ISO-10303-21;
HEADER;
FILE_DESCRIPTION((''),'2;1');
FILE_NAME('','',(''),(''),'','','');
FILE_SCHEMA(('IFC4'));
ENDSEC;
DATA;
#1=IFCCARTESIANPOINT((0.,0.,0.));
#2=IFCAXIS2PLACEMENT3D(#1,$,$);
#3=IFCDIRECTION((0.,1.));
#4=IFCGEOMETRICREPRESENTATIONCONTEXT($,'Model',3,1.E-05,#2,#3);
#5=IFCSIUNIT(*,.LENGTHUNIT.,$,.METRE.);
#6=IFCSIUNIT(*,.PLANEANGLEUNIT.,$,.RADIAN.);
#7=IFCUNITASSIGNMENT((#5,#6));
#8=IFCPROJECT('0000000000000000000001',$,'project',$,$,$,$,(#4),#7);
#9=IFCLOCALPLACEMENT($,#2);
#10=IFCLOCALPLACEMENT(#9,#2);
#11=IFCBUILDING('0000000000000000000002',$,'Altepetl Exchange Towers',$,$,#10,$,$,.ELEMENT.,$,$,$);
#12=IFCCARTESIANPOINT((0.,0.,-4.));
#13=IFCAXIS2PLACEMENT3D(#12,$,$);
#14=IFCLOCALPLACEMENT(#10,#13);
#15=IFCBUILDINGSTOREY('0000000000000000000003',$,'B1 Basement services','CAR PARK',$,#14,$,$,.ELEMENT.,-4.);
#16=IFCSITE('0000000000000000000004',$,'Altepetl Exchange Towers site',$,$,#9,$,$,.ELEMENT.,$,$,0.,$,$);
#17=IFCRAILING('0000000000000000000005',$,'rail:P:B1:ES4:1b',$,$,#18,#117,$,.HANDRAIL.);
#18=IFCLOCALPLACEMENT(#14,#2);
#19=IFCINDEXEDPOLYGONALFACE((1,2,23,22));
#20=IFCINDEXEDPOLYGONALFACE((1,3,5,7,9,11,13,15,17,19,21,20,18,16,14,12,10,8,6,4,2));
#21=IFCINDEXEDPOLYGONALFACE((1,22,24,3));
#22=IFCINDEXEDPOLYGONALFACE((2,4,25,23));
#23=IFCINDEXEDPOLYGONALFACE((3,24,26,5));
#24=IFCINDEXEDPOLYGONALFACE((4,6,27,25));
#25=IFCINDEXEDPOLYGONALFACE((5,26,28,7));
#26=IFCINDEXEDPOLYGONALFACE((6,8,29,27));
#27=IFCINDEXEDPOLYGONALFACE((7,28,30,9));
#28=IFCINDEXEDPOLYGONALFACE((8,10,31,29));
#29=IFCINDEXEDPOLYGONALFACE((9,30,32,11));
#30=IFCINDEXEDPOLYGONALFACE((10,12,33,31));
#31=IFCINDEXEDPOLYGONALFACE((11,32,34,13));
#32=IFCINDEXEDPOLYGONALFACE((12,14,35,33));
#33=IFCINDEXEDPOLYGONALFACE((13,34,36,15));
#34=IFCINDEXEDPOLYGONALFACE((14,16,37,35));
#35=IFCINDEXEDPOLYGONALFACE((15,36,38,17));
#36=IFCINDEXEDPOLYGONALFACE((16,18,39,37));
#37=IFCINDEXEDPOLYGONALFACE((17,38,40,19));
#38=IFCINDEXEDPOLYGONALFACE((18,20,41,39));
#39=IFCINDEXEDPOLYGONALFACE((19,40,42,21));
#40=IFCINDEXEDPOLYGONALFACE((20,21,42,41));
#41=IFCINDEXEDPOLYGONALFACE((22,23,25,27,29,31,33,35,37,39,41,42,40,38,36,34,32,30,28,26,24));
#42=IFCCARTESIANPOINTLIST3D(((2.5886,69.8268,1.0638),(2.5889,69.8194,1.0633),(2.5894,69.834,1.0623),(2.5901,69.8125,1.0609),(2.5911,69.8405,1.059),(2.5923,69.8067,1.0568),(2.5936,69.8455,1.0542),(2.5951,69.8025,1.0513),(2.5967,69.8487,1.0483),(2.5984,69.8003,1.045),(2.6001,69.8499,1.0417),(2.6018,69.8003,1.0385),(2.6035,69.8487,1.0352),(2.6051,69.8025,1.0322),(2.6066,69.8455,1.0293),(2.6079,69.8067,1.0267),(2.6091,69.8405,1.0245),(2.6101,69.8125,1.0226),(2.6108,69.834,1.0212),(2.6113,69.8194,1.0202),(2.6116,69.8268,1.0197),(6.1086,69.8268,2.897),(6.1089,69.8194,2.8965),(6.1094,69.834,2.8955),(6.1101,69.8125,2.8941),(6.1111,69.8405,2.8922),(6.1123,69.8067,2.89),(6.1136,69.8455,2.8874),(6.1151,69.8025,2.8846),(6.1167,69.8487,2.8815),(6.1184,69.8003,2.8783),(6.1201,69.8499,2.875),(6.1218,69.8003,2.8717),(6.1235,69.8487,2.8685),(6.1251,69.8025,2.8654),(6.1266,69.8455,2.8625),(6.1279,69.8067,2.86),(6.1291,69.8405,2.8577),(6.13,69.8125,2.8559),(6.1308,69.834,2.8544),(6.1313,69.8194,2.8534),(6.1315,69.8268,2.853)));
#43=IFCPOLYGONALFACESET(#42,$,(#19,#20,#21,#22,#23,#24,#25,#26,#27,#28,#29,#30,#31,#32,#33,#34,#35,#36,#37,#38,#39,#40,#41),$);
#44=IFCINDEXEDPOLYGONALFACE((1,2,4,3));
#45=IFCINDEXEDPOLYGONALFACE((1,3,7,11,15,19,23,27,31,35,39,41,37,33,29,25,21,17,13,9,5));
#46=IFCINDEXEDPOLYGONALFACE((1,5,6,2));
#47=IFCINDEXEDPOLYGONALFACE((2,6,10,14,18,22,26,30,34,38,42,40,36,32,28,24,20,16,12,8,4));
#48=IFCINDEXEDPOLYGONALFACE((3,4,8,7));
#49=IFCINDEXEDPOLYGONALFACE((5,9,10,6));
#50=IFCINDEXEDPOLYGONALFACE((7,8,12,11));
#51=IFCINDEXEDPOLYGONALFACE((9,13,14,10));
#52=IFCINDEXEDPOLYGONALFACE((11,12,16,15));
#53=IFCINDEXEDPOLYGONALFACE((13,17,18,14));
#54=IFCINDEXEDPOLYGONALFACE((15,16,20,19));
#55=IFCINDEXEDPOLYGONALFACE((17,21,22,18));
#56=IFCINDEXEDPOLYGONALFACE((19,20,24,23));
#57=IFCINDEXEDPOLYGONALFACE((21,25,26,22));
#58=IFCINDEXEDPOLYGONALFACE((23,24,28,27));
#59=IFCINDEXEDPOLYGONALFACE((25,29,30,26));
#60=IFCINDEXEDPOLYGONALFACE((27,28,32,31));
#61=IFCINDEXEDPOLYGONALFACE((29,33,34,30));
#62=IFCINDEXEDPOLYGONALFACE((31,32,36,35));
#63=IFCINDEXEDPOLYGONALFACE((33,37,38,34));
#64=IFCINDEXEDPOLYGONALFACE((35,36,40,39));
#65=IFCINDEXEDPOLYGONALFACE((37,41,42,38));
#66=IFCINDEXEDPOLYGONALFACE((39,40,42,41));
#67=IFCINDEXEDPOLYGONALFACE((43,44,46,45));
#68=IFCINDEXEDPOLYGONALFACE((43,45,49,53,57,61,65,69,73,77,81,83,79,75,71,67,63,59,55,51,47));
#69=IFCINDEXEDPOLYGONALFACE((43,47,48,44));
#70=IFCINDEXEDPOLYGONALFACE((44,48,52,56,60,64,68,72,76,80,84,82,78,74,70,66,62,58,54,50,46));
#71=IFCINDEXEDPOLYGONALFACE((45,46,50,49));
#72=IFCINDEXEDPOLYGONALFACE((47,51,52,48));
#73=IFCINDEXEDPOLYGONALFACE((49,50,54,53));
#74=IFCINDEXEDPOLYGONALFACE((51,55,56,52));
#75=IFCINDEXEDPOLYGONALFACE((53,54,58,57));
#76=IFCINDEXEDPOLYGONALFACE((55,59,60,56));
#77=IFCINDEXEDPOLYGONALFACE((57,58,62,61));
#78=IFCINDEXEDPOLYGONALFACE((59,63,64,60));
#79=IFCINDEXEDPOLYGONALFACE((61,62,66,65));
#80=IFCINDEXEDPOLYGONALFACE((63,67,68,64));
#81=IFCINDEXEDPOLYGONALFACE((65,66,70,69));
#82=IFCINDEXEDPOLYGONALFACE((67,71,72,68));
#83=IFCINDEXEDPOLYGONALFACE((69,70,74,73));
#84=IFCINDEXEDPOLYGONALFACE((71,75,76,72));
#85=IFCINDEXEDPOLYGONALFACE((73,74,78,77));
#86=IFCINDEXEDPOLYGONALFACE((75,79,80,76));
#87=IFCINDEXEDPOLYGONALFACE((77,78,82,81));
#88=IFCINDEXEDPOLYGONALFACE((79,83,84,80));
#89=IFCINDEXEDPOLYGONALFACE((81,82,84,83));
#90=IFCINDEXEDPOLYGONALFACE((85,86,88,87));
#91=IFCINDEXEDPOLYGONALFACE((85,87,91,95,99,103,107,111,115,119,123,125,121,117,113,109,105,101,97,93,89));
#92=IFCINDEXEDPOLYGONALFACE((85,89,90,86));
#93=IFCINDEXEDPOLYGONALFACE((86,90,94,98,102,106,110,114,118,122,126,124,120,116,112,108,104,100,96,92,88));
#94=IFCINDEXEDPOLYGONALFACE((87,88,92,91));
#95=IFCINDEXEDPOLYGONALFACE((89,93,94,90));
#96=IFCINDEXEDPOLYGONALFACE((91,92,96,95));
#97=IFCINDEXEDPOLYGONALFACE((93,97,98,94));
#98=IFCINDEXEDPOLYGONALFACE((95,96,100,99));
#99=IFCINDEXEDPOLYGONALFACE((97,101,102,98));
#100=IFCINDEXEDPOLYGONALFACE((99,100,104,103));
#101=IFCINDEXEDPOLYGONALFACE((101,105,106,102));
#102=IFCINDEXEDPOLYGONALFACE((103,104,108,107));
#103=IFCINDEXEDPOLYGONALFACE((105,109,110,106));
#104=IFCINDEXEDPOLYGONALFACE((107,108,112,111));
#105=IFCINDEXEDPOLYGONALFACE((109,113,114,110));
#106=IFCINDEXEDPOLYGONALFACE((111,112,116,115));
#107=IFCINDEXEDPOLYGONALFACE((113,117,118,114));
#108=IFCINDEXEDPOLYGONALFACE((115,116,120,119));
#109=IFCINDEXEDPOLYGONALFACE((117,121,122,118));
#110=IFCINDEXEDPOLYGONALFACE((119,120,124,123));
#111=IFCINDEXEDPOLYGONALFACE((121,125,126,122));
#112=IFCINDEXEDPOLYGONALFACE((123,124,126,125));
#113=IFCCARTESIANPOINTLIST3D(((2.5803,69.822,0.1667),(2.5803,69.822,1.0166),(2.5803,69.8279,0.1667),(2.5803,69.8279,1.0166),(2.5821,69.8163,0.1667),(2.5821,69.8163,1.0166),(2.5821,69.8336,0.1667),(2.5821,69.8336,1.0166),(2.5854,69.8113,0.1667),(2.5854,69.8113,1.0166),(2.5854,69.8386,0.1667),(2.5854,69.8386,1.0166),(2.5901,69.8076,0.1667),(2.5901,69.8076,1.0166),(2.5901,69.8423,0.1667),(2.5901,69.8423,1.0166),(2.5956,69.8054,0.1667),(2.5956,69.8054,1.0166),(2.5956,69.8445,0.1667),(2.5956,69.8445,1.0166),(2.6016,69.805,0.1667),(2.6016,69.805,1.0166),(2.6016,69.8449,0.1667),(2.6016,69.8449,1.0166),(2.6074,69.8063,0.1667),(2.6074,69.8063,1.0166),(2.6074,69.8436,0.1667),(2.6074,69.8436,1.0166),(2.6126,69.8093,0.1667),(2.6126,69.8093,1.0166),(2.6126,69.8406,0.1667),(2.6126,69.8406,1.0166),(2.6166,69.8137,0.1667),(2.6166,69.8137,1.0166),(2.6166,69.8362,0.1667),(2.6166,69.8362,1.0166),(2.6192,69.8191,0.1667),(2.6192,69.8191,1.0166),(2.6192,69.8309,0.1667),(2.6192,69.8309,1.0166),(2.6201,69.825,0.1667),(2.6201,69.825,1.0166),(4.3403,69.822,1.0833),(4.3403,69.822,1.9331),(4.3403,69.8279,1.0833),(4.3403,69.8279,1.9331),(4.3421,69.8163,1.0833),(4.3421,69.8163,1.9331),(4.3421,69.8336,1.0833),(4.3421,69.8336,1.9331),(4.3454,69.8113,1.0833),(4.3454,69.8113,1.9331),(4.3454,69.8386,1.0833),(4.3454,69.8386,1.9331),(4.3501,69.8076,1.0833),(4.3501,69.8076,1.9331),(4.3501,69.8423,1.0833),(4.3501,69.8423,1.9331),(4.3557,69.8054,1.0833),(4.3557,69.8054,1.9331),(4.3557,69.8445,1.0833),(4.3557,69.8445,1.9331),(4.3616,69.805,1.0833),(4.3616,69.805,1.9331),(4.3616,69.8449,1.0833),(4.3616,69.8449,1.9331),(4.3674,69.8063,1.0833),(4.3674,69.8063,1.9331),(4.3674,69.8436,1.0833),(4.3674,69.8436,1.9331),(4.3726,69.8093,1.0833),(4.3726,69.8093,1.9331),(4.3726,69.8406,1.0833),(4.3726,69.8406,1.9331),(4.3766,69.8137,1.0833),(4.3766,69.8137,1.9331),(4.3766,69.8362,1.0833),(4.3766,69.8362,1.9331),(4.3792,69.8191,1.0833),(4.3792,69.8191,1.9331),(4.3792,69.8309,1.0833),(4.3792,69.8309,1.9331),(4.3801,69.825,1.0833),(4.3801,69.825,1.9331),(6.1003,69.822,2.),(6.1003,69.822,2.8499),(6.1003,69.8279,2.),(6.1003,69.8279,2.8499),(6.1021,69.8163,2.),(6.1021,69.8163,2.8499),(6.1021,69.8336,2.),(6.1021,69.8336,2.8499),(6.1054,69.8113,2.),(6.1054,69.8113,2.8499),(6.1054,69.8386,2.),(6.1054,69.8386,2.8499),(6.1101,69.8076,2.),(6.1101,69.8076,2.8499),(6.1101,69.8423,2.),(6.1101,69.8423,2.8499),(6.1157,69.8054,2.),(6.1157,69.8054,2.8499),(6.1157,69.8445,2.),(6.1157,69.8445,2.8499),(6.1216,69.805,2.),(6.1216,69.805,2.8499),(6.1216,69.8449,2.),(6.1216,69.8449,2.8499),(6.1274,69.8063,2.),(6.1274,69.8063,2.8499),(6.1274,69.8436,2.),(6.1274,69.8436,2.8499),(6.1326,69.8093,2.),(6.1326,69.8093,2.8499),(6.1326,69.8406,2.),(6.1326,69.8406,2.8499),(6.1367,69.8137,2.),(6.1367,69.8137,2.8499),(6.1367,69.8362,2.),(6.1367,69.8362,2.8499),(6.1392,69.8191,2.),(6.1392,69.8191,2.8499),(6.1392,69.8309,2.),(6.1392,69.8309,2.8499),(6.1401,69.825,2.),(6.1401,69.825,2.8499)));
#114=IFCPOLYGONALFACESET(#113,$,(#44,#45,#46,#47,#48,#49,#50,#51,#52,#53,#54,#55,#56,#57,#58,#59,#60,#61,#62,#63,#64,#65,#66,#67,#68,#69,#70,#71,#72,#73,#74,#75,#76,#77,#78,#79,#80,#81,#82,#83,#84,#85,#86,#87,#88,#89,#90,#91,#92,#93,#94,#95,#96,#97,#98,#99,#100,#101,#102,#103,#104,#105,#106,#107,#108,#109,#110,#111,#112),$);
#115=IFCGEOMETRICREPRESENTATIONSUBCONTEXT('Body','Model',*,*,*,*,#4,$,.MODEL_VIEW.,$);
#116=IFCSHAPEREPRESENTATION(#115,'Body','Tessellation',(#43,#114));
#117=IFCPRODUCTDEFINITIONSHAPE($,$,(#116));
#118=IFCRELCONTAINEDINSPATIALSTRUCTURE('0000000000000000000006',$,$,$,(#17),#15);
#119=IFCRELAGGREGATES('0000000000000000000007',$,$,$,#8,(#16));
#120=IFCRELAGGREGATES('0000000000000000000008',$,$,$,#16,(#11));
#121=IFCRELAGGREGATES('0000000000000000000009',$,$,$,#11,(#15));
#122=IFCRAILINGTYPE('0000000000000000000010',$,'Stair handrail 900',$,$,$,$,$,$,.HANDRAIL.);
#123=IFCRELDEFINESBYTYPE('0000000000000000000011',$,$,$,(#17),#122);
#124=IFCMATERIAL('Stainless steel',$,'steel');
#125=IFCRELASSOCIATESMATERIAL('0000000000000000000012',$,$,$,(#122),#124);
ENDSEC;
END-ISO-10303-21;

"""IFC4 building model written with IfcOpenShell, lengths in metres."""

from ifc_helpers import new_model, si_unit, direction, frame, origin, origin_2d, place, context, subcontext, project, spatial, circle, extrude, source, transform, mapped, material, type_object, element, save


model = new_model("IFC4")

# Units and contexts
model_context = context("Model", 3, precision=1e-05, world=origin(), true_north=direction((0.0, 1.0)))
body_context = subcontext(model_context, "Body", "Model", "MODEL_VIEW")
ifc_project = project(units=[si_unit("LENGTHUNIT", "METRE"), si_unit("PLANEANGLEUNIT", "RADIAN")], contexts=[model_context])

# Site, building, storey
site_placement = place(None, origin())
site = spatial("IfcSite", under=ifc_project, at=site_placement, Name="Altepetl Exchange Towers site", CompositionType="ELEMENT", RefElevation=0.0)
building_placement = place(site_placement, origin())
building = spatial("IfcBuilding", under=site, at=building_placement, Name="Altepetl Exchange Towers", CompositionType="ELEMENT")
storey_placement = place(building_placement, frame((0.0, 0.0, -4.0)))
storey = spatial("IfcBuildingStorey", under=building, at=storey_placement, Name="B1 Basement services", Description="CAR PARK", CompositionType="ELEMENT", Elevation=-4.0)

# Railing
ifc_material_1 = material(Name="Stainless steel", Category="steel")
railing_type_1 = type_object("IfcRailingType", Name="Stair handrail 900", PredefinedType="HANDRAIL", material=ifc_material_1)
shared_shape_1 = source(origin(), body_context, "Body", "SweptSolid", [
    extrude(circle(Radius=0.02, at=origin_2d()), origin(), (0.0, 0.0, 1.0), 0.8499),
])
for number, where, name in (
    (1, (2.6001, 69.825, 0.1667), "rail:P:B1:ES4:1b"),
):
    element("IfcRailing", number, at=place(storey_placement, frame(where)), inside=storey, type_object=railing_type_1, Name=name, PredefinedType="HANDRAIL", context=body_context, shape_type="SweptSolid", body=[
        extrude(circle(Radius=0.0249, at=origin_2d()), frame((0.0, 0.0, 0.875), z_axis=(0.886924, 0.0, 0.461916), x_axis=(0.0, 1.0, 0.0)), (0.0, 0.0, 1.0), 3.9688),
        mapped(shared_shape_1, transform((0.0, 0.0, 0.0))),
        mapped(shared_shape_1, transform((1.76, 0.0, 0.9165))),
        mapped(shared_shape_1, transform((3.52, 0.0, 1.8333))),
    ])

save(model, "model.ifc")
